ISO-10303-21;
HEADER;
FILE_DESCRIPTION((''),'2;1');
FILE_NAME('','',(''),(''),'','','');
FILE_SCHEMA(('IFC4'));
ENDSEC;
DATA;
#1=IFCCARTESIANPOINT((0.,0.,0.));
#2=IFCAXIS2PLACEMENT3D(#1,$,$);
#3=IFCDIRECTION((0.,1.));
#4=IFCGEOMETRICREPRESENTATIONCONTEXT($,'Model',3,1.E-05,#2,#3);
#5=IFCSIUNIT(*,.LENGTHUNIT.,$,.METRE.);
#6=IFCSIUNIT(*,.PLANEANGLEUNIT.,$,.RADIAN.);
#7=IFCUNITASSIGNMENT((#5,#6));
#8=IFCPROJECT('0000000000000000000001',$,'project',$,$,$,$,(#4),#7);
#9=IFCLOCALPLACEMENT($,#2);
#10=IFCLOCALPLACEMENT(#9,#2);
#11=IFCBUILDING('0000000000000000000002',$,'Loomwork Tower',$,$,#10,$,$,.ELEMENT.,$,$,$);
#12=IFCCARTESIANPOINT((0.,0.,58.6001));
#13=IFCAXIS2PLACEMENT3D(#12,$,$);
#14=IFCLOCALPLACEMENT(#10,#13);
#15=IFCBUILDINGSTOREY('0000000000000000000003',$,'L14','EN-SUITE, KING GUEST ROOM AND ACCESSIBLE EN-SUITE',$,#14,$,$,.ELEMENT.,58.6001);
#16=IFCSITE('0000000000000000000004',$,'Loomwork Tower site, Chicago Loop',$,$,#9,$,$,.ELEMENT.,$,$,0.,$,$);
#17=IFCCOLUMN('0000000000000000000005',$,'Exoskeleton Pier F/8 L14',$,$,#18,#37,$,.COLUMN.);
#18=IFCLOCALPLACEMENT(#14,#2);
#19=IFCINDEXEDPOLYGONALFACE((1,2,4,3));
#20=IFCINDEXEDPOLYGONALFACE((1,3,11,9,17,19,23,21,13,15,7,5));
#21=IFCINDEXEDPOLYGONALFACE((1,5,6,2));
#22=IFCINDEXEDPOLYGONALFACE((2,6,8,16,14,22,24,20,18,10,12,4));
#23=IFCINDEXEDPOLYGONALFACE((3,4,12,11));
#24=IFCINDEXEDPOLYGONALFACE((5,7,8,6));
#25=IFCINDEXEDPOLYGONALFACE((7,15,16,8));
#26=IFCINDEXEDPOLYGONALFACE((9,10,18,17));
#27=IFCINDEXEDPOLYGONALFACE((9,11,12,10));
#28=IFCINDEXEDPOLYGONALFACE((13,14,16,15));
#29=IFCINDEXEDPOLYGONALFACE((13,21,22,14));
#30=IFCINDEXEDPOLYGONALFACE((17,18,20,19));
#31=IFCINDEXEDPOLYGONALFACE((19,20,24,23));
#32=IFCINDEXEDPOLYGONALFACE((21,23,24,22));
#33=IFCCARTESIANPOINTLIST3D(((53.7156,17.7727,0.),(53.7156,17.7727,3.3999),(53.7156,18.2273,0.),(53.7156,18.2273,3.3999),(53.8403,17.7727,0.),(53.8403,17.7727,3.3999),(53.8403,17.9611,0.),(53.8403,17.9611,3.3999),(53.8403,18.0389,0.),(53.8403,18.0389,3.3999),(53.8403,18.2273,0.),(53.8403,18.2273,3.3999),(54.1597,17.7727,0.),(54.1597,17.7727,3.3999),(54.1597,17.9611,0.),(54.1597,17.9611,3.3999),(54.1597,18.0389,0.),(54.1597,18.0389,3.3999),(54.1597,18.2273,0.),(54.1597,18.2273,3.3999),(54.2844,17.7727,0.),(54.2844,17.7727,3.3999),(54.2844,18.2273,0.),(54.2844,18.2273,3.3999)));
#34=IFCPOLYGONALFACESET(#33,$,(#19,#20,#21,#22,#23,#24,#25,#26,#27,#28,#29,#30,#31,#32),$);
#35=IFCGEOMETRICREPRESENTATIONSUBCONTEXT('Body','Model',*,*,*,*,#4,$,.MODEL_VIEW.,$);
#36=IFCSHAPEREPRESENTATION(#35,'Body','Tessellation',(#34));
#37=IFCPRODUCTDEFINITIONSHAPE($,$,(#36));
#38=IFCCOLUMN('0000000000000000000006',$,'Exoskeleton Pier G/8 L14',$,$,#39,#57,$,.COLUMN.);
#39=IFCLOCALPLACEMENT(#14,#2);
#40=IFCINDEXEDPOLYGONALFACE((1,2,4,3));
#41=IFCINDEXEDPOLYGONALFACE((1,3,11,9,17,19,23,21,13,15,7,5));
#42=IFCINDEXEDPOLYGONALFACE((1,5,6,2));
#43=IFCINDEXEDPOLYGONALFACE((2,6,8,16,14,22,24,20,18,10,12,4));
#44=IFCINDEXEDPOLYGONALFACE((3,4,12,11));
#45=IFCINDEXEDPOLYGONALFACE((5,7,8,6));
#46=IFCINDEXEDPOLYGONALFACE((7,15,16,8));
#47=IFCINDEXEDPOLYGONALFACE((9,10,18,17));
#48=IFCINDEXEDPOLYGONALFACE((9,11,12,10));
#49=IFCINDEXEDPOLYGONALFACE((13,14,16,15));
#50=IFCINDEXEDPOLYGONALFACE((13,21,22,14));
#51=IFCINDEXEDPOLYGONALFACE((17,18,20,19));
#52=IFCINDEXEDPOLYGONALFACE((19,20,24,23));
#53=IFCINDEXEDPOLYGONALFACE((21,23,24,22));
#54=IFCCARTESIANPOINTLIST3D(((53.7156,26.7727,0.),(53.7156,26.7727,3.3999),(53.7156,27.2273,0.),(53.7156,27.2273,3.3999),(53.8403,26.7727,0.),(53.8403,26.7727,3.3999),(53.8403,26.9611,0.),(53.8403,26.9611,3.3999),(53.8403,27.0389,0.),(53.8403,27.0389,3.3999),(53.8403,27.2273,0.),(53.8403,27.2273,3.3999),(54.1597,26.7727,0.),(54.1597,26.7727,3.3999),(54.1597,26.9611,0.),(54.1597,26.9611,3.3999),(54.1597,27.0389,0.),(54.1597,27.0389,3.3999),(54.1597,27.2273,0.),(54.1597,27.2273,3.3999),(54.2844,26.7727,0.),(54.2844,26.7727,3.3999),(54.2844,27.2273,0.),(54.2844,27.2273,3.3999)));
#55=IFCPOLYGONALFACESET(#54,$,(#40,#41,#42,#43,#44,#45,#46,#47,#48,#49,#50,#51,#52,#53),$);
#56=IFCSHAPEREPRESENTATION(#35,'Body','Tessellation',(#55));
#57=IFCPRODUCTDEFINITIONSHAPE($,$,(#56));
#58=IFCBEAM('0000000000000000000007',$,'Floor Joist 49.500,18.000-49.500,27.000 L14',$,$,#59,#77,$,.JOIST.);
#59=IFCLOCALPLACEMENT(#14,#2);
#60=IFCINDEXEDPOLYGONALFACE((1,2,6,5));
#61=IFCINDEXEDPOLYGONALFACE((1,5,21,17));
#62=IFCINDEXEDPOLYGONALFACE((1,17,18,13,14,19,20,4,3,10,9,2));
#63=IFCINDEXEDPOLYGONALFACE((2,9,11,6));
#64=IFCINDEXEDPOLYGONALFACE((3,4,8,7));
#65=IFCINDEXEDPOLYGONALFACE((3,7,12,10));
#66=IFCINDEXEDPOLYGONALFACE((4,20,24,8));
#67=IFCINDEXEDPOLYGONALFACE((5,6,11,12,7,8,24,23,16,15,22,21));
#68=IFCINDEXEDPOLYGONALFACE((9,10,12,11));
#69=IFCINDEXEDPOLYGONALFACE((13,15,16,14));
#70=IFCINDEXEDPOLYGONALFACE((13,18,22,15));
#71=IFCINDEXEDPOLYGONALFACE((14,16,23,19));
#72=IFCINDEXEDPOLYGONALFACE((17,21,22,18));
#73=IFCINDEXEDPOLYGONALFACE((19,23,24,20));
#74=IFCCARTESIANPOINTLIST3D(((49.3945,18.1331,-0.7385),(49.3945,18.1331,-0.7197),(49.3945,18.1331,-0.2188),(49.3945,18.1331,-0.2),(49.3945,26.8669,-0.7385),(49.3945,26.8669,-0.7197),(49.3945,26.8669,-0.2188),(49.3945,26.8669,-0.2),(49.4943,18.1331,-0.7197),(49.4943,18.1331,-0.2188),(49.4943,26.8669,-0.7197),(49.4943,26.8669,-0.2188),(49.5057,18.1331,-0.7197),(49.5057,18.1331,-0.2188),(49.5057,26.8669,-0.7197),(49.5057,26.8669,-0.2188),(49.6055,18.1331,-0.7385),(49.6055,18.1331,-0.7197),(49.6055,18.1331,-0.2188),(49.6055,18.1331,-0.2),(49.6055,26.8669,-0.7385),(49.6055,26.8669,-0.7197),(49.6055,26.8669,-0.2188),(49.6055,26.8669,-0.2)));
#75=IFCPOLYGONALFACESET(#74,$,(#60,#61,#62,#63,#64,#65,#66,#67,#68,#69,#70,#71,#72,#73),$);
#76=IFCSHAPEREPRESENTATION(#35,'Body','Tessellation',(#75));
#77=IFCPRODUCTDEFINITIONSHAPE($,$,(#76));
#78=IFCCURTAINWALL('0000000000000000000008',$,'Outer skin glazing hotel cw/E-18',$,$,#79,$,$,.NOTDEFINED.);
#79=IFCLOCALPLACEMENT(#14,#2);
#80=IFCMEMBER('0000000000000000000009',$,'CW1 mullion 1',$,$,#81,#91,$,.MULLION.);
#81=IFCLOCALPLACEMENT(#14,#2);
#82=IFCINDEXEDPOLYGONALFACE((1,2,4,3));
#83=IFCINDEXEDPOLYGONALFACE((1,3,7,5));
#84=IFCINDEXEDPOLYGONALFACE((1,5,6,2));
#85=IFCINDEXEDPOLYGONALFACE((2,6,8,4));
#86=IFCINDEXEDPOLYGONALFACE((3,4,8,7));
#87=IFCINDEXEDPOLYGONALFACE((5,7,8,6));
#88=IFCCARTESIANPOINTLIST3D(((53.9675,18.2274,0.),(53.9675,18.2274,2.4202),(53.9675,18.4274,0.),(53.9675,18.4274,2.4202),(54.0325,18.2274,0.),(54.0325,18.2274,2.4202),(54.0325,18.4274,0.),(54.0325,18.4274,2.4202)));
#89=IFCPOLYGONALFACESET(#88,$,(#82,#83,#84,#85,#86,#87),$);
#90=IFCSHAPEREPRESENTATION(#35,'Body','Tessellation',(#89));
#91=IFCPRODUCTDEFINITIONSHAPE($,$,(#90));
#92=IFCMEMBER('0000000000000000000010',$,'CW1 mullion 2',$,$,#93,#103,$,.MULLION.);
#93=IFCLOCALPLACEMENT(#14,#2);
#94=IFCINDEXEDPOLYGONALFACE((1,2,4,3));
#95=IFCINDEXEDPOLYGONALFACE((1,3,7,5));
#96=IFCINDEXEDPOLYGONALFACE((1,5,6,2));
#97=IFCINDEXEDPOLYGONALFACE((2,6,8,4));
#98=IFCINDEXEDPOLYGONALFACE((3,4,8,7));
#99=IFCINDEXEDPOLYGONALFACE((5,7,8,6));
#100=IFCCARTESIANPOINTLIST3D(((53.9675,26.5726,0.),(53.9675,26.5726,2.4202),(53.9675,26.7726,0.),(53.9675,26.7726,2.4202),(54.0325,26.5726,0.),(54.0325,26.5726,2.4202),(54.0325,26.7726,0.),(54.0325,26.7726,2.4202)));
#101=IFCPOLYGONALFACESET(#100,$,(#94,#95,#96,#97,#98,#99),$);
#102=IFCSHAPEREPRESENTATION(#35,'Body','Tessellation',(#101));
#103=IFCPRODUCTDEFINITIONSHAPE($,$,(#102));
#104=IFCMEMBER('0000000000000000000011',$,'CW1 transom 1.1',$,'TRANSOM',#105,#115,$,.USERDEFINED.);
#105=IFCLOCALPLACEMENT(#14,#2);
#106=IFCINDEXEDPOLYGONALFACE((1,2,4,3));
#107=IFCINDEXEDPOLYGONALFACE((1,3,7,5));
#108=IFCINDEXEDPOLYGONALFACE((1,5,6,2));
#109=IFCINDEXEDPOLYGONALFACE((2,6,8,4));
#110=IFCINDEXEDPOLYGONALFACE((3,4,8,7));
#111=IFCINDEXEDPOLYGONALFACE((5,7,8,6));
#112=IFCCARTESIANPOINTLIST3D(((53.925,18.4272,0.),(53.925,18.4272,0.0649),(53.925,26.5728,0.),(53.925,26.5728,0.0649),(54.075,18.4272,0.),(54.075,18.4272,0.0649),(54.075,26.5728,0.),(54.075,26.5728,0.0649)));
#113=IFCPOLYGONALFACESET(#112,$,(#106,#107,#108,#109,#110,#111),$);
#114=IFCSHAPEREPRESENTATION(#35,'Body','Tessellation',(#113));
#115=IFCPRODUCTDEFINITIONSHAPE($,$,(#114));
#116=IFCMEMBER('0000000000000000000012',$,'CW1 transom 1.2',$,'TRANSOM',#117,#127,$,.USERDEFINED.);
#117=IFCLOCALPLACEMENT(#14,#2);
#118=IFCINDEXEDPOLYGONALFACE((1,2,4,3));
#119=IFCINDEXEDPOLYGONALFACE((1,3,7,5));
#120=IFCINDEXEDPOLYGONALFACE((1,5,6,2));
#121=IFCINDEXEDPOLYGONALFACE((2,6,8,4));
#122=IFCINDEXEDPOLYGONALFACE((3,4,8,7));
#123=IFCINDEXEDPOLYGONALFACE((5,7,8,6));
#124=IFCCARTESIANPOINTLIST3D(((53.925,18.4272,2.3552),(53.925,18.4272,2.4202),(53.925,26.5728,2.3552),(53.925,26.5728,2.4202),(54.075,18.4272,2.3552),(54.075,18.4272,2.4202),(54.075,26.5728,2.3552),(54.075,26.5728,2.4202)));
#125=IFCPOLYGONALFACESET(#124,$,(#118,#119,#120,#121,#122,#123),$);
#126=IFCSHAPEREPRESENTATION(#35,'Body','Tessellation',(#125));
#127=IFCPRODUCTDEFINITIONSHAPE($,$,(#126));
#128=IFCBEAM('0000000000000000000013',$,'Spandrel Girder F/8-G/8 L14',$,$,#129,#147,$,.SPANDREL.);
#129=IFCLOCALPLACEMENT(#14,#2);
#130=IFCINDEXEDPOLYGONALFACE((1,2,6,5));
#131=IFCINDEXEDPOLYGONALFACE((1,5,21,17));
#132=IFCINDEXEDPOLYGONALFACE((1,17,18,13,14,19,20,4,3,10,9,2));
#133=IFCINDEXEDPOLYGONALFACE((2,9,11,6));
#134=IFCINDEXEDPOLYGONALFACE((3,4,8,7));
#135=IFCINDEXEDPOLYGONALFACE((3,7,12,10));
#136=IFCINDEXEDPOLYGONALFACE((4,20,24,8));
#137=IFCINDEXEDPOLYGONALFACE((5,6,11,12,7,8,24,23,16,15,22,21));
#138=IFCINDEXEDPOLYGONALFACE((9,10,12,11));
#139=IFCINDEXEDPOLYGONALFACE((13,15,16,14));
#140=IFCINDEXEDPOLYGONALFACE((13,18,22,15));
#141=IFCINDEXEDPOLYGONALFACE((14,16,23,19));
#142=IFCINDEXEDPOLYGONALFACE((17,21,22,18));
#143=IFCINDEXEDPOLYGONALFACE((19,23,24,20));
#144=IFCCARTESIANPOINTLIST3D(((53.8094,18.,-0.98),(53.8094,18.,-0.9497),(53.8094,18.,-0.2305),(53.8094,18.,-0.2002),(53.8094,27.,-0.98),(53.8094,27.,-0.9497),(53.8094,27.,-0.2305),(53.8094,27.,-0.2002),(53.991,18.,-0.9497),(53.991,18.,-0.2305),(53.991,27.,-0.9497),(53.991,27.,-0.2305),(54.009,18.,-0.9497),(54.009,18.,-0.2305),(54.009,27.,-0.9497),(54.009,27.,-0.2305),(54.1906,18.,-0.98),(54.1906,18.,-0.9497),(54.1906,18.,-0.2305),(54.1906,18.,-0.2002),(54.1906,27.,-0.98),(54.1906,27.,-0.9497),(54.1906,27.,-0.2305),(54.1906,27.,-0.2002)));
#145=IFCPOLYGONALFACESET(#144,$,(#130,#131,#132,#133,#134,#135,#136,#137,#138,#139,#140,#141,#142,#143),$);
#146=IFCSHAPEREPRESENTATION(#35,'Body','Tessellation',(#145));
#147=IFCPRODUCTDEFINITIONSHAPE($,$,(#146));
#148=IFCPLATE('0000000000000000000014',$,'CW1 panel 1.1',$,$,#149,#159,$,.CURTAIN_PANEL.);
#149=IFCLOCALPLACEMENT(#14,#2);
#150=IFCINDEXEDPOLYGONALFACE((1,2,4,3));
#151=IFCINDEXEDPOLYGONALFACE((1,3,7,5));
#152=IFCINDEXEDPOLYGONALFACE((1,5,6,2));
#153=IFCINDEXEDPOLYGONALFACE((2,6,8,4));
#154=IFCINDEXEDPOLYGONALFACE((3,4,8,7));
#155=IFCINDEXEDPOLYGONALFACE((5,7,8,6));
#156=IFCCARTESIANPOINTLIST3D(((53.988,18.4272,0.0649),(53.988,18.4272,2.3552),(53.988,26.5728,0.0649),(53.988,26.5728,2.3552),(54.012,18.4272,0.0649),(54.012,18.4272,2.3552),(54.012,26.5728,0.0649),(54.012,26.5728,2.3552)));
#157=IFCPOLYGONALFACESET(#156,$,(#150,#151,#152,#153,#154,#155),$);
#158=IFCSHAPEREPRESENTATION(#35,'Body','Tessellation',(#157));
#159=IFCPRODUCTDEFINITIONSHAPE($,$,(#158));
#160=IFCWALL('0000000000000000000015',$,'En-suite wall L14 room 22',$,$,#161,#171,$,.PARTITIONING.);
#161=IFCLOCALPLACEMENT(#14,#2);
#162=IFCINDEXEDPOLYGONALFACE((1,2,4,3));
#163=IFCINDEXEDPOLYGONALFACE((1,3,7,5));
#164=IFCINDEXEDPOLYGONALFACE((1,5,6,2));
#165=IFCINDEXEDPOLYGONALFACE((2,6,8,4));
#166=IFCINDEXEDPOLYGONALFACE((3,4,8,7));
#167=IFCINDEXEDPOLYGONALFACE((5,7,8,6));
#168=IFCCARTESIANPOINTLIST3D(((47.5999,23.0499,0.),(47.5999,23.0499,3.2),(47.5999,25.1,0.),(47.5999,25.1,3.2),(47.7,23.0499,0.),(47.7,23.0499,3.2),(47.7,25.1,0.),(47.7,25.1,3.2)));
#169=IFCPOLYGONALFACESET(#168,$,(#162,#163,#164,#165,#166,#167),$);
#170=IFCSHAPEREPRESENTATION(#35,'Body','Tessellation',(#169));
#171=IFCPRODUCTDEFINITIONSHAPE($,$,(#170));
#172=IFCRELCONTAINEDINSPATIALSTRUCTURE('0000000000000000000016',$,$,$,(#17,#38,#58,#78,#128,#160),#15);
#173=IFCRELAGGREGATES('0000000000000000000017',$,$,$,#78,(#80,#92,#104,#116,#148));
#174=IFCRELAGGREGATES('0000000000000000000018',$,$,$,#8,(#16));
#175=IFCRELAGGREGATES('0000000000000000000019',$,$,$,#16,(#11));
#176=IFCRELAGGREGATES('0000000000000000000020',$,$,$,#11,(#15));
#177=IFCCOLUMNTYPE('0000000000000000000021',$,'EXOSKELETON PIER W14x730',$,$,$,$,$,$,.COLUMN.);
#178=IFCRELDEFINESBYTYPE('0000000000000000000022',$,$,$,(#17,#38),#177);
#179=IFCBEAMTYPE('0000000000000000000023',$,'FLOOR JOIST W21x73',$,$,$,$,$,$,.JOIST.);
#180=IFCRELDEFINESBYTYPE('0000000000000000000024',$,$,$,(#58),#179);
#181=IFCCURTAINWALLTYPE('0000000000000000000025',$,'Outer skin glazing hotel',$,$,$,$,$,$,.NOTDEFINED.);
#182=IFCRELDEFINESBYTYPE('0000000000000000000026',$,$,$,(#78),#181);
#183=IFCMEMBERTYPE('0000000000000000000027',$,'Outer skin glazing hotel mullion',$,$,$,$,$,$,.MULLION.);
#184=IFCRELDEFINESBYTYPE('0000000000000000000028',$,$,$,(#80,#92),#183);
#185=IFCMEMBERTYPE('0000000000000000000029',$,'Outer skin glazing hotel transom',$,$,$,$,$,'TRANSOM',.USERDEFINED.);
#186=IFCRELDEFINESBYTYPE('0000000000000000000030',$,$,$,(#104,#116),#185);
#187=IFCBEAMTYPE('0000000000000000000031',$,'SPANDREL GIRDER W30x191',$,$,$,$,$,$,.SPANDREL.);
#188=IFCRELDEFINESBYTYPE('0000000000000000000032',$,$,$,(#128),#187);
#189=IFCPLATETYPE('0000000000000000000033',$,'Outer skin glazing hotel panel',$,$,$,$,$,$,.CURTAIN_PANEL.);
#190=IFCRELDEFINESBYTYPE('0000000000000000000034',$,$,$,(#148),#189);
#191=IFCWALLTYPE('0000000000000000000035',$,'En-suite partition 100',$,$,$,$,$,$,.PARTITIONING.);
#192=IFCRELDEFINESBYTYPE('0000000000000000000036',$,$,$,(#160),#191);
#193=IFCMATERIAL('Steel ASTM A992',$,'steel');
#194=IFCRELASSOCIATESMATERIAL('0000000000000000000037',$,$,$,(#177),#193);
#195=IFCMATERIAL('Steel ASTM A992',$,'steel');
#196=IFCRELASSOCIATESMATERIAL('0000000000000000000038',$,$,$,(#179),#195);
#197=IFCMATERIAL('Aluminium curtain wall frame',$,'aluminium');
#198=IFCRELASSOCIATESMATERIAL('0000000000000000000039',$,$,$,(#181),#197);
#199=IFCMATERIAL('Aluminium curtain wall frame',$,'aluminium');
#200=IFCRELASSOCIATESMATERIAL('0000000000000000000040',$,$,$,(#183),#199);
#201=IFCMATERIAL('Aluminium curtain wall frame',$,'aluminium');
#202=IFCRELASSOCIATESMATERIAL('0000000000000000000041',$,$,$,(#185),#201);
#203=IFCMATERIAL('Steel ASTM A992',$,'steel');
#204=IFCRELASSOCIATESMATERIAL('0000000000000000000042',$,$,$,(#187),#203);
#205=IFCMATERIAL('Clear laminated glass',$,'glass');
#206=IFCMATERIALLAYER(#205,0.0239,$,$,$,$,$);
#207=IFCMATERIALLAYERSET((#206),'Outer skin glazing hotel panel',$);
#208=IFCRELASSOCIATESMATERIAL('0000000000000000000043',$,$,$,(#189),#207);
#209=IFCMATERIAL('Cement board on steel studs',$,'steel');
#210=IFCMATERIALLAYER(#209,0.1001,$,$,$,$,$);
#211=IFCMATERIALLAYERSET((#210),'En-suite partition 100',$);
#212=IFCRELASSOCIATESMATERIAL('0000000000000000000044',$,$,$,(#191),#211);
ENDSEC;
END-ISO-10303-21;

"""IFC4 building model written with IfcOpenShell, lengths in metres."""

from ifc_helpers import new_model, si_unit, direction, frame, frame_2d, origin, origin_2d, place, context, subcontext, project, spatial, rectangle, i_section, extrude, material, layer, layer_set, material_profile, profile_set, type_object, element, aggregate, save


model = new_model("IFC4")

# Units and contexts
model_context = context("Model", 3, precision=1e-05, world=origin(), true_north=direction((0.0, 1.0)))
body_context = subcontext(model_context, "Body", "Model", "MODEL_VIEW")
ifc_project = project(units=[si_unit("LENGTHUNIT", "METRE"), si_unit("PLANEANGLEUNIT", "RADIAN")], contexts=[model_context])

# Site, building, storey
site_placement = place(None, origin())
site = spatial("IfcSite", under=ifc_project, at=site_placement, Name="Loomwork Tower site, Chicago Loop", CompositionType="ELEMENT", RefElevation=0.0)
building_placement = place(site_placement, origin())
building = spatial("IfcBuilding", under=site, at=building_placement, Name="Loomwork Tower", CompositionType="ELEMENT")
storey_placement = place(building_placement, frame((0.0, 0.0, 58.6001)))
storey = spatial("IfcBuildingStorey", under=building, at=storey_placement, Name="L14", Description="EN-SUITE, KING GUEST ROOM AND ACCESSIBLE EN-SUITE", CompositionType="ELEMENT", Elevation=58.6001)

# Columns
ifc_material_1 = material(Name="Steel ASTM A992", Category="steel")
ifc_material_profile_1 = material_profile(ifc_material_1, i_section(OverallWidth=0.4546, OverallDepth=0.5688, WebThickness=0.0779, FlangeThickness=0.1248, at=origin_2d()), Name="W14x730")
ifc_profile_set_1 = profile_set([ifc_material_profile_1], Name="Steel ASTM A992")
column_type = type_object("IfcColumnType", Name="EXOSKELETON PIER W14x730", PredefinedType="COLUMN", material=ifc_profile_set_1)
for number, where, z_axis, x_axis, name in (
    (1, (54.0, 18.0, 0.0), (0.0, 0.0, 1.0), (0.0, 1.0, 0.0), "Exoskeleton Pier F/8 L14"),
    (2, (54.0, 27.0, 0.0), (0.0, 0.0, 1.0), (0.0, 1.0, 0.0), "Exoskeleton Pier G/8 L14"),
):
    element("IfcColumn", number, at=place(storey_placement, frame(where, z_axis=z_axis, x_axis=x_axis)), inside=storey, type_object=column_type, Name=name, PredefinedType="COLUMN", context=body_context, shape_type="SweptSolid", body=[
        extrude(i_section(OverallWidth=0.4546, OverallDepth=0.5688, WebThickness=0.0779, FlangeThickness=0.1248, at=origin_2d()), origin(), (0.0, 0.0, 1.0), 3.3999),
    ])

# Beam
ifc_material_2 = material(Name="Steel ASTM A992", Category="steel")
ifc_material_profile_2 = material_profile(ifc_material_2, i_section(OverallWidth=0.2109, OverallDepth=0.5386, WebThickness=0.0115, FlangeThickness=0.0188, at=origin_2d()), Name="W21x73")
ifc_profile_set_2 = profile_set([ifc_material_profile_2], Name="Steel ASTM A992")
beam_type_1 = type_object("IfcBeamType", Name="FLOOR JOIST W21x73", PredefinedType="JOIST", material=ifc_profile_set_2)
beam_1_placement = place(storey_placement, frame((49.5, 18.1331, -0.4692), z_axis=(0.0, 1.0, 0.0), x_axis=(-1.0, 0.0, 0.0)))
element("IfcBeam", 3, at=beam_1_placement, inside=storey, type_object=beam_type_1, Name="Floor Joist 49.500,18.000-49.500,27.000 L14", PredefinedType="JOIST", context=body_context, shape_type="SweptSolid", body=[
    extrude(i_section(OverallWidth=0.2109, OverallDepth=0.5386, WebThickness=0.0115, FlangeThickness=0.0188, at=origin_2d()), origin(), (0.0, 0.0, 1.0), 8.7339),
])

# Curtain wall, members
ifc_material_3 = material(Name="Aluminium curtain wall frame", Category="aluminium")
curtain_wall_type = type_object("IfcCurtainWallType", Name="Outer skin glazing hotel", PredefinedType="NOTDEFINED", material=ifc_material_3)
curtain_wall_placement = place(storey_placement, origin())
curtain_wall = element("IfcCurtainWall", 4, at=curtain_wall_placement, inside=storey, type_object=curtain_wall_type, Name="Outer skin glazing hotel cw/E-18", PredefinedType="NOTDEFINED")
ifc_material_4 = material(Name="Aluminium curtain wall frame", Category="aluminium")
ifc_material_profile_3 = material_profile(ifc_material_4, rectangle(XDim=0.0649, YDim=0.2, at=origin_2d()), Name="AL 65x200")
ifc_profile_set_3 = profile_set([ifc_material_profile_3], Name="Aluminium curtain wall frame")
member_type_1 = type_object("IfcMemberType", Name="Outer skin glazing hotel mullion", PredefinedType="MULLION", material=ifc_profile_set_3)
member_1_placement = place(storey_placement, frame((54.0, 18.3274, 0.0), z_axis=(0.0, 0.0, 1.0), x_axis=(-1.0, 0.0, 0.0)))
member_1 = element("IfcMember", 5, at=member_1_placement, type_object=member_type_1, Name="CW1 mullion 1", PredefinedType="MULLION", context=body_context, shape_type="SweptSolid", body=[
    extrude(rectangle(XDim=0.0649, YDim=0.2, at=origin_2d()), origin(), (0.0, 0.0, 1.0), 2.4202),
])
member_2_placement = place(storey_placement, frame((54.0, 26.6726, 0.0), z_axis=(0.0, 0.0, 1.0), x_axis=(-1.0, 0.0, 0.0)))
member_2 = element("IfcMember", 6, at=member_2_placement, type_object=member_type_1, Name="CW1 mullion 2", PredefinedType="MULLION", context=body_context, shape_type="SweptSolid", body=[
    extrude(rectangle(XDim=0.0649, YDim=0.2, at=origin_2d()), origin(), (0.0, 0.0, 1.0), 2.4202),
])
ifc_material_5 = material(Name="Aluminium curtain wall frame", Category="aluminium")
ifc_material_profile_4 = material_profile(ifc_material_5, rectangle(XDim=0.1499, YDim=0.0649, at=origin_2d()), Name="AL 65x150")
ifc_profile_set_4 = profile_set([ifc_material_profile_4], Name="Aluminium curtain wall frame")
member_type_2 = type_object("IfcMemberType", Name="Outer skin glazing hotel transom", ElementType="TRANSOM", PredefinedType="USERDEFINED", material=ifc_profile_set_4)
member_3_placement = place(storey_placement, frame((54.0, 18.4272, 0.0325), z_axis=(0.0, 1.0, 0.0), x_axis=(-1.0, 0.0, 0.0)))
member_3 = element("IfcMember", 7, at=member_3_placement, type_object=member_type_2, Name="CW1 transom 1.1", ObjectType="TRANSOM", PredefinedType="USERDEFINED", context=body_context, shape_type="SweptSolid", body=[
    extrude(rectangle(XDim=0.1499, YDim=0.0649, at=origin_2d()), origin(), (0.0, 0.0, 1.0), 8.1455),
])
member_4_placement = place(storey_placement, frame((54.0, 18.4272, 2.3877), z_axis=(0.0, 1.0, 0.0), x_axis=(-1.0, 0.0, 0.0)))
member_4 = element("IfcMember", 8, at=member_4_placement, type_object=member_type_2, Name="CW1 transom 1.2", ObjectType="TRANSOM", PredefinedType="USERDEFINED", context=body_context, shape_type="SweptSolid", body=[
    extrude(rectangle(XDim=0.1499, YDim=0.0649, at=origin_2d()), origin(), (0.0, 0.0, 1.0), 8.1455),
])

# Beam
ifc_material_6 = material(Name="Steel ASTM A992", Category="steel")
ifc_material_profile_5 = material_profile(ifc_material_6, i_section(OverallWidth=0.3811, OverallDepth=0.7798, WebThickness=0.0181, FlangeThickness=0.0303, at=origin_2d()), Name="W30x191")
ifc_profile_set_5 = profile_set([ifc_material_profile_5], Name="Steel ASTM A992")
beam_type_2 = type_object("IfcBeamType", Name="SPANDREL GIRDER W30x191", PredefinedType="SPANDREL", material=ifc_profile_set_5)
beam_2_placement = place(storey_placement, frame((54.0, 18.0, -0.5901), z_axis=(0.0, 1.0, 0.0), x_axis=(-1.0, 0.0, 0.0)))
element("IfcBeam", 9, at=beam_2_placement, inside=storey, type_object=beam_type_2, Name="Spandrel Girder F/8-G/8 L14", PredefinedType="SPANDREL", context=body_context, shape_type="SweptSolid", body=[
    extrude(i_section(OverallWidth=0.3811, OverallDepth=0.7798, WebThickness=0.0181, FlangeThickness=0.0303, at=origin_2d()), origin(), (0.0, 0.0, 1.0), 9.0),
])

# Plate
ifc_material_7 = material(Name="Clear laminated glass", Category="glass")
ifc_layer_1 = layer(ifc_material_7, 0.0239)
ifc_layer_set_1 = layer_set([ifc_layer_1], Name="Outer skin glazing hotel panel")
plate_type = type_object("IfcPlateType", Name="Outer skin glazing hotel panel", PredefinedType="CURTAIN_PANEL", material=ifc_layer_set_1)
plate_placement = place(storey_placement, frame((54.0, 22.5, 0.0649), z_axis=(0.0, 0.0, 1.0), x_axis=(0.0, 1.0, 0.0)))
plate = element("IfcPlate", 10, at=plate_placement, type_object=plate_type, Name="CW1 panel 1.1", PredefinedType="CURTAIN_PANEL", context=body_context, shape_type="SweptSolid", body=[
    extrude(rectangle(XDim=8.1455, YDim=0.0239, at=origin_2d()), origin(), (0.0, 0.0, 1.0), 2.2903),
])
aggregate(curtain_wall, [member_1, member_2, member_3, member_4, plate])

# Wall
ifc_material_8 = material(Name="Cement board on steel studs", Category="steel")
ifc_layer_2 = layer(ifc_material_8, 0.1001)
ifc_layer_set_2 = layer_set([ifc_layer_2], Name="En-suite partition 100")
wall_type_1 = type_object("IfcWallType", Name="En-suite partition 100", PredefinedType="PARTITIONING", material=ifc_layer_set_2)
wall_1_placement = place(storey_placement, frame((47.6499, 23.05, 0.0), z_axis=(0.0, 0.0, 1.0), x_axis=(0.0, 1.0, 0.0)))
element("IfcWall", 11, at=wall_1_placement, inside=storey, type_object=wall_type_1, Name="En-suite wall L14 room 22", PredefinedType="PARTITIONING", context=body_context, shape_type="SweptSolid", body=[
    extrude(rectangle(XDim=2.05, YDim=0.1001, at=frame_2d((1.0249, 0.0))), origin(), (0.0, 0.0, 1.0), 3.2),
])

save(model, "model.ifc")
